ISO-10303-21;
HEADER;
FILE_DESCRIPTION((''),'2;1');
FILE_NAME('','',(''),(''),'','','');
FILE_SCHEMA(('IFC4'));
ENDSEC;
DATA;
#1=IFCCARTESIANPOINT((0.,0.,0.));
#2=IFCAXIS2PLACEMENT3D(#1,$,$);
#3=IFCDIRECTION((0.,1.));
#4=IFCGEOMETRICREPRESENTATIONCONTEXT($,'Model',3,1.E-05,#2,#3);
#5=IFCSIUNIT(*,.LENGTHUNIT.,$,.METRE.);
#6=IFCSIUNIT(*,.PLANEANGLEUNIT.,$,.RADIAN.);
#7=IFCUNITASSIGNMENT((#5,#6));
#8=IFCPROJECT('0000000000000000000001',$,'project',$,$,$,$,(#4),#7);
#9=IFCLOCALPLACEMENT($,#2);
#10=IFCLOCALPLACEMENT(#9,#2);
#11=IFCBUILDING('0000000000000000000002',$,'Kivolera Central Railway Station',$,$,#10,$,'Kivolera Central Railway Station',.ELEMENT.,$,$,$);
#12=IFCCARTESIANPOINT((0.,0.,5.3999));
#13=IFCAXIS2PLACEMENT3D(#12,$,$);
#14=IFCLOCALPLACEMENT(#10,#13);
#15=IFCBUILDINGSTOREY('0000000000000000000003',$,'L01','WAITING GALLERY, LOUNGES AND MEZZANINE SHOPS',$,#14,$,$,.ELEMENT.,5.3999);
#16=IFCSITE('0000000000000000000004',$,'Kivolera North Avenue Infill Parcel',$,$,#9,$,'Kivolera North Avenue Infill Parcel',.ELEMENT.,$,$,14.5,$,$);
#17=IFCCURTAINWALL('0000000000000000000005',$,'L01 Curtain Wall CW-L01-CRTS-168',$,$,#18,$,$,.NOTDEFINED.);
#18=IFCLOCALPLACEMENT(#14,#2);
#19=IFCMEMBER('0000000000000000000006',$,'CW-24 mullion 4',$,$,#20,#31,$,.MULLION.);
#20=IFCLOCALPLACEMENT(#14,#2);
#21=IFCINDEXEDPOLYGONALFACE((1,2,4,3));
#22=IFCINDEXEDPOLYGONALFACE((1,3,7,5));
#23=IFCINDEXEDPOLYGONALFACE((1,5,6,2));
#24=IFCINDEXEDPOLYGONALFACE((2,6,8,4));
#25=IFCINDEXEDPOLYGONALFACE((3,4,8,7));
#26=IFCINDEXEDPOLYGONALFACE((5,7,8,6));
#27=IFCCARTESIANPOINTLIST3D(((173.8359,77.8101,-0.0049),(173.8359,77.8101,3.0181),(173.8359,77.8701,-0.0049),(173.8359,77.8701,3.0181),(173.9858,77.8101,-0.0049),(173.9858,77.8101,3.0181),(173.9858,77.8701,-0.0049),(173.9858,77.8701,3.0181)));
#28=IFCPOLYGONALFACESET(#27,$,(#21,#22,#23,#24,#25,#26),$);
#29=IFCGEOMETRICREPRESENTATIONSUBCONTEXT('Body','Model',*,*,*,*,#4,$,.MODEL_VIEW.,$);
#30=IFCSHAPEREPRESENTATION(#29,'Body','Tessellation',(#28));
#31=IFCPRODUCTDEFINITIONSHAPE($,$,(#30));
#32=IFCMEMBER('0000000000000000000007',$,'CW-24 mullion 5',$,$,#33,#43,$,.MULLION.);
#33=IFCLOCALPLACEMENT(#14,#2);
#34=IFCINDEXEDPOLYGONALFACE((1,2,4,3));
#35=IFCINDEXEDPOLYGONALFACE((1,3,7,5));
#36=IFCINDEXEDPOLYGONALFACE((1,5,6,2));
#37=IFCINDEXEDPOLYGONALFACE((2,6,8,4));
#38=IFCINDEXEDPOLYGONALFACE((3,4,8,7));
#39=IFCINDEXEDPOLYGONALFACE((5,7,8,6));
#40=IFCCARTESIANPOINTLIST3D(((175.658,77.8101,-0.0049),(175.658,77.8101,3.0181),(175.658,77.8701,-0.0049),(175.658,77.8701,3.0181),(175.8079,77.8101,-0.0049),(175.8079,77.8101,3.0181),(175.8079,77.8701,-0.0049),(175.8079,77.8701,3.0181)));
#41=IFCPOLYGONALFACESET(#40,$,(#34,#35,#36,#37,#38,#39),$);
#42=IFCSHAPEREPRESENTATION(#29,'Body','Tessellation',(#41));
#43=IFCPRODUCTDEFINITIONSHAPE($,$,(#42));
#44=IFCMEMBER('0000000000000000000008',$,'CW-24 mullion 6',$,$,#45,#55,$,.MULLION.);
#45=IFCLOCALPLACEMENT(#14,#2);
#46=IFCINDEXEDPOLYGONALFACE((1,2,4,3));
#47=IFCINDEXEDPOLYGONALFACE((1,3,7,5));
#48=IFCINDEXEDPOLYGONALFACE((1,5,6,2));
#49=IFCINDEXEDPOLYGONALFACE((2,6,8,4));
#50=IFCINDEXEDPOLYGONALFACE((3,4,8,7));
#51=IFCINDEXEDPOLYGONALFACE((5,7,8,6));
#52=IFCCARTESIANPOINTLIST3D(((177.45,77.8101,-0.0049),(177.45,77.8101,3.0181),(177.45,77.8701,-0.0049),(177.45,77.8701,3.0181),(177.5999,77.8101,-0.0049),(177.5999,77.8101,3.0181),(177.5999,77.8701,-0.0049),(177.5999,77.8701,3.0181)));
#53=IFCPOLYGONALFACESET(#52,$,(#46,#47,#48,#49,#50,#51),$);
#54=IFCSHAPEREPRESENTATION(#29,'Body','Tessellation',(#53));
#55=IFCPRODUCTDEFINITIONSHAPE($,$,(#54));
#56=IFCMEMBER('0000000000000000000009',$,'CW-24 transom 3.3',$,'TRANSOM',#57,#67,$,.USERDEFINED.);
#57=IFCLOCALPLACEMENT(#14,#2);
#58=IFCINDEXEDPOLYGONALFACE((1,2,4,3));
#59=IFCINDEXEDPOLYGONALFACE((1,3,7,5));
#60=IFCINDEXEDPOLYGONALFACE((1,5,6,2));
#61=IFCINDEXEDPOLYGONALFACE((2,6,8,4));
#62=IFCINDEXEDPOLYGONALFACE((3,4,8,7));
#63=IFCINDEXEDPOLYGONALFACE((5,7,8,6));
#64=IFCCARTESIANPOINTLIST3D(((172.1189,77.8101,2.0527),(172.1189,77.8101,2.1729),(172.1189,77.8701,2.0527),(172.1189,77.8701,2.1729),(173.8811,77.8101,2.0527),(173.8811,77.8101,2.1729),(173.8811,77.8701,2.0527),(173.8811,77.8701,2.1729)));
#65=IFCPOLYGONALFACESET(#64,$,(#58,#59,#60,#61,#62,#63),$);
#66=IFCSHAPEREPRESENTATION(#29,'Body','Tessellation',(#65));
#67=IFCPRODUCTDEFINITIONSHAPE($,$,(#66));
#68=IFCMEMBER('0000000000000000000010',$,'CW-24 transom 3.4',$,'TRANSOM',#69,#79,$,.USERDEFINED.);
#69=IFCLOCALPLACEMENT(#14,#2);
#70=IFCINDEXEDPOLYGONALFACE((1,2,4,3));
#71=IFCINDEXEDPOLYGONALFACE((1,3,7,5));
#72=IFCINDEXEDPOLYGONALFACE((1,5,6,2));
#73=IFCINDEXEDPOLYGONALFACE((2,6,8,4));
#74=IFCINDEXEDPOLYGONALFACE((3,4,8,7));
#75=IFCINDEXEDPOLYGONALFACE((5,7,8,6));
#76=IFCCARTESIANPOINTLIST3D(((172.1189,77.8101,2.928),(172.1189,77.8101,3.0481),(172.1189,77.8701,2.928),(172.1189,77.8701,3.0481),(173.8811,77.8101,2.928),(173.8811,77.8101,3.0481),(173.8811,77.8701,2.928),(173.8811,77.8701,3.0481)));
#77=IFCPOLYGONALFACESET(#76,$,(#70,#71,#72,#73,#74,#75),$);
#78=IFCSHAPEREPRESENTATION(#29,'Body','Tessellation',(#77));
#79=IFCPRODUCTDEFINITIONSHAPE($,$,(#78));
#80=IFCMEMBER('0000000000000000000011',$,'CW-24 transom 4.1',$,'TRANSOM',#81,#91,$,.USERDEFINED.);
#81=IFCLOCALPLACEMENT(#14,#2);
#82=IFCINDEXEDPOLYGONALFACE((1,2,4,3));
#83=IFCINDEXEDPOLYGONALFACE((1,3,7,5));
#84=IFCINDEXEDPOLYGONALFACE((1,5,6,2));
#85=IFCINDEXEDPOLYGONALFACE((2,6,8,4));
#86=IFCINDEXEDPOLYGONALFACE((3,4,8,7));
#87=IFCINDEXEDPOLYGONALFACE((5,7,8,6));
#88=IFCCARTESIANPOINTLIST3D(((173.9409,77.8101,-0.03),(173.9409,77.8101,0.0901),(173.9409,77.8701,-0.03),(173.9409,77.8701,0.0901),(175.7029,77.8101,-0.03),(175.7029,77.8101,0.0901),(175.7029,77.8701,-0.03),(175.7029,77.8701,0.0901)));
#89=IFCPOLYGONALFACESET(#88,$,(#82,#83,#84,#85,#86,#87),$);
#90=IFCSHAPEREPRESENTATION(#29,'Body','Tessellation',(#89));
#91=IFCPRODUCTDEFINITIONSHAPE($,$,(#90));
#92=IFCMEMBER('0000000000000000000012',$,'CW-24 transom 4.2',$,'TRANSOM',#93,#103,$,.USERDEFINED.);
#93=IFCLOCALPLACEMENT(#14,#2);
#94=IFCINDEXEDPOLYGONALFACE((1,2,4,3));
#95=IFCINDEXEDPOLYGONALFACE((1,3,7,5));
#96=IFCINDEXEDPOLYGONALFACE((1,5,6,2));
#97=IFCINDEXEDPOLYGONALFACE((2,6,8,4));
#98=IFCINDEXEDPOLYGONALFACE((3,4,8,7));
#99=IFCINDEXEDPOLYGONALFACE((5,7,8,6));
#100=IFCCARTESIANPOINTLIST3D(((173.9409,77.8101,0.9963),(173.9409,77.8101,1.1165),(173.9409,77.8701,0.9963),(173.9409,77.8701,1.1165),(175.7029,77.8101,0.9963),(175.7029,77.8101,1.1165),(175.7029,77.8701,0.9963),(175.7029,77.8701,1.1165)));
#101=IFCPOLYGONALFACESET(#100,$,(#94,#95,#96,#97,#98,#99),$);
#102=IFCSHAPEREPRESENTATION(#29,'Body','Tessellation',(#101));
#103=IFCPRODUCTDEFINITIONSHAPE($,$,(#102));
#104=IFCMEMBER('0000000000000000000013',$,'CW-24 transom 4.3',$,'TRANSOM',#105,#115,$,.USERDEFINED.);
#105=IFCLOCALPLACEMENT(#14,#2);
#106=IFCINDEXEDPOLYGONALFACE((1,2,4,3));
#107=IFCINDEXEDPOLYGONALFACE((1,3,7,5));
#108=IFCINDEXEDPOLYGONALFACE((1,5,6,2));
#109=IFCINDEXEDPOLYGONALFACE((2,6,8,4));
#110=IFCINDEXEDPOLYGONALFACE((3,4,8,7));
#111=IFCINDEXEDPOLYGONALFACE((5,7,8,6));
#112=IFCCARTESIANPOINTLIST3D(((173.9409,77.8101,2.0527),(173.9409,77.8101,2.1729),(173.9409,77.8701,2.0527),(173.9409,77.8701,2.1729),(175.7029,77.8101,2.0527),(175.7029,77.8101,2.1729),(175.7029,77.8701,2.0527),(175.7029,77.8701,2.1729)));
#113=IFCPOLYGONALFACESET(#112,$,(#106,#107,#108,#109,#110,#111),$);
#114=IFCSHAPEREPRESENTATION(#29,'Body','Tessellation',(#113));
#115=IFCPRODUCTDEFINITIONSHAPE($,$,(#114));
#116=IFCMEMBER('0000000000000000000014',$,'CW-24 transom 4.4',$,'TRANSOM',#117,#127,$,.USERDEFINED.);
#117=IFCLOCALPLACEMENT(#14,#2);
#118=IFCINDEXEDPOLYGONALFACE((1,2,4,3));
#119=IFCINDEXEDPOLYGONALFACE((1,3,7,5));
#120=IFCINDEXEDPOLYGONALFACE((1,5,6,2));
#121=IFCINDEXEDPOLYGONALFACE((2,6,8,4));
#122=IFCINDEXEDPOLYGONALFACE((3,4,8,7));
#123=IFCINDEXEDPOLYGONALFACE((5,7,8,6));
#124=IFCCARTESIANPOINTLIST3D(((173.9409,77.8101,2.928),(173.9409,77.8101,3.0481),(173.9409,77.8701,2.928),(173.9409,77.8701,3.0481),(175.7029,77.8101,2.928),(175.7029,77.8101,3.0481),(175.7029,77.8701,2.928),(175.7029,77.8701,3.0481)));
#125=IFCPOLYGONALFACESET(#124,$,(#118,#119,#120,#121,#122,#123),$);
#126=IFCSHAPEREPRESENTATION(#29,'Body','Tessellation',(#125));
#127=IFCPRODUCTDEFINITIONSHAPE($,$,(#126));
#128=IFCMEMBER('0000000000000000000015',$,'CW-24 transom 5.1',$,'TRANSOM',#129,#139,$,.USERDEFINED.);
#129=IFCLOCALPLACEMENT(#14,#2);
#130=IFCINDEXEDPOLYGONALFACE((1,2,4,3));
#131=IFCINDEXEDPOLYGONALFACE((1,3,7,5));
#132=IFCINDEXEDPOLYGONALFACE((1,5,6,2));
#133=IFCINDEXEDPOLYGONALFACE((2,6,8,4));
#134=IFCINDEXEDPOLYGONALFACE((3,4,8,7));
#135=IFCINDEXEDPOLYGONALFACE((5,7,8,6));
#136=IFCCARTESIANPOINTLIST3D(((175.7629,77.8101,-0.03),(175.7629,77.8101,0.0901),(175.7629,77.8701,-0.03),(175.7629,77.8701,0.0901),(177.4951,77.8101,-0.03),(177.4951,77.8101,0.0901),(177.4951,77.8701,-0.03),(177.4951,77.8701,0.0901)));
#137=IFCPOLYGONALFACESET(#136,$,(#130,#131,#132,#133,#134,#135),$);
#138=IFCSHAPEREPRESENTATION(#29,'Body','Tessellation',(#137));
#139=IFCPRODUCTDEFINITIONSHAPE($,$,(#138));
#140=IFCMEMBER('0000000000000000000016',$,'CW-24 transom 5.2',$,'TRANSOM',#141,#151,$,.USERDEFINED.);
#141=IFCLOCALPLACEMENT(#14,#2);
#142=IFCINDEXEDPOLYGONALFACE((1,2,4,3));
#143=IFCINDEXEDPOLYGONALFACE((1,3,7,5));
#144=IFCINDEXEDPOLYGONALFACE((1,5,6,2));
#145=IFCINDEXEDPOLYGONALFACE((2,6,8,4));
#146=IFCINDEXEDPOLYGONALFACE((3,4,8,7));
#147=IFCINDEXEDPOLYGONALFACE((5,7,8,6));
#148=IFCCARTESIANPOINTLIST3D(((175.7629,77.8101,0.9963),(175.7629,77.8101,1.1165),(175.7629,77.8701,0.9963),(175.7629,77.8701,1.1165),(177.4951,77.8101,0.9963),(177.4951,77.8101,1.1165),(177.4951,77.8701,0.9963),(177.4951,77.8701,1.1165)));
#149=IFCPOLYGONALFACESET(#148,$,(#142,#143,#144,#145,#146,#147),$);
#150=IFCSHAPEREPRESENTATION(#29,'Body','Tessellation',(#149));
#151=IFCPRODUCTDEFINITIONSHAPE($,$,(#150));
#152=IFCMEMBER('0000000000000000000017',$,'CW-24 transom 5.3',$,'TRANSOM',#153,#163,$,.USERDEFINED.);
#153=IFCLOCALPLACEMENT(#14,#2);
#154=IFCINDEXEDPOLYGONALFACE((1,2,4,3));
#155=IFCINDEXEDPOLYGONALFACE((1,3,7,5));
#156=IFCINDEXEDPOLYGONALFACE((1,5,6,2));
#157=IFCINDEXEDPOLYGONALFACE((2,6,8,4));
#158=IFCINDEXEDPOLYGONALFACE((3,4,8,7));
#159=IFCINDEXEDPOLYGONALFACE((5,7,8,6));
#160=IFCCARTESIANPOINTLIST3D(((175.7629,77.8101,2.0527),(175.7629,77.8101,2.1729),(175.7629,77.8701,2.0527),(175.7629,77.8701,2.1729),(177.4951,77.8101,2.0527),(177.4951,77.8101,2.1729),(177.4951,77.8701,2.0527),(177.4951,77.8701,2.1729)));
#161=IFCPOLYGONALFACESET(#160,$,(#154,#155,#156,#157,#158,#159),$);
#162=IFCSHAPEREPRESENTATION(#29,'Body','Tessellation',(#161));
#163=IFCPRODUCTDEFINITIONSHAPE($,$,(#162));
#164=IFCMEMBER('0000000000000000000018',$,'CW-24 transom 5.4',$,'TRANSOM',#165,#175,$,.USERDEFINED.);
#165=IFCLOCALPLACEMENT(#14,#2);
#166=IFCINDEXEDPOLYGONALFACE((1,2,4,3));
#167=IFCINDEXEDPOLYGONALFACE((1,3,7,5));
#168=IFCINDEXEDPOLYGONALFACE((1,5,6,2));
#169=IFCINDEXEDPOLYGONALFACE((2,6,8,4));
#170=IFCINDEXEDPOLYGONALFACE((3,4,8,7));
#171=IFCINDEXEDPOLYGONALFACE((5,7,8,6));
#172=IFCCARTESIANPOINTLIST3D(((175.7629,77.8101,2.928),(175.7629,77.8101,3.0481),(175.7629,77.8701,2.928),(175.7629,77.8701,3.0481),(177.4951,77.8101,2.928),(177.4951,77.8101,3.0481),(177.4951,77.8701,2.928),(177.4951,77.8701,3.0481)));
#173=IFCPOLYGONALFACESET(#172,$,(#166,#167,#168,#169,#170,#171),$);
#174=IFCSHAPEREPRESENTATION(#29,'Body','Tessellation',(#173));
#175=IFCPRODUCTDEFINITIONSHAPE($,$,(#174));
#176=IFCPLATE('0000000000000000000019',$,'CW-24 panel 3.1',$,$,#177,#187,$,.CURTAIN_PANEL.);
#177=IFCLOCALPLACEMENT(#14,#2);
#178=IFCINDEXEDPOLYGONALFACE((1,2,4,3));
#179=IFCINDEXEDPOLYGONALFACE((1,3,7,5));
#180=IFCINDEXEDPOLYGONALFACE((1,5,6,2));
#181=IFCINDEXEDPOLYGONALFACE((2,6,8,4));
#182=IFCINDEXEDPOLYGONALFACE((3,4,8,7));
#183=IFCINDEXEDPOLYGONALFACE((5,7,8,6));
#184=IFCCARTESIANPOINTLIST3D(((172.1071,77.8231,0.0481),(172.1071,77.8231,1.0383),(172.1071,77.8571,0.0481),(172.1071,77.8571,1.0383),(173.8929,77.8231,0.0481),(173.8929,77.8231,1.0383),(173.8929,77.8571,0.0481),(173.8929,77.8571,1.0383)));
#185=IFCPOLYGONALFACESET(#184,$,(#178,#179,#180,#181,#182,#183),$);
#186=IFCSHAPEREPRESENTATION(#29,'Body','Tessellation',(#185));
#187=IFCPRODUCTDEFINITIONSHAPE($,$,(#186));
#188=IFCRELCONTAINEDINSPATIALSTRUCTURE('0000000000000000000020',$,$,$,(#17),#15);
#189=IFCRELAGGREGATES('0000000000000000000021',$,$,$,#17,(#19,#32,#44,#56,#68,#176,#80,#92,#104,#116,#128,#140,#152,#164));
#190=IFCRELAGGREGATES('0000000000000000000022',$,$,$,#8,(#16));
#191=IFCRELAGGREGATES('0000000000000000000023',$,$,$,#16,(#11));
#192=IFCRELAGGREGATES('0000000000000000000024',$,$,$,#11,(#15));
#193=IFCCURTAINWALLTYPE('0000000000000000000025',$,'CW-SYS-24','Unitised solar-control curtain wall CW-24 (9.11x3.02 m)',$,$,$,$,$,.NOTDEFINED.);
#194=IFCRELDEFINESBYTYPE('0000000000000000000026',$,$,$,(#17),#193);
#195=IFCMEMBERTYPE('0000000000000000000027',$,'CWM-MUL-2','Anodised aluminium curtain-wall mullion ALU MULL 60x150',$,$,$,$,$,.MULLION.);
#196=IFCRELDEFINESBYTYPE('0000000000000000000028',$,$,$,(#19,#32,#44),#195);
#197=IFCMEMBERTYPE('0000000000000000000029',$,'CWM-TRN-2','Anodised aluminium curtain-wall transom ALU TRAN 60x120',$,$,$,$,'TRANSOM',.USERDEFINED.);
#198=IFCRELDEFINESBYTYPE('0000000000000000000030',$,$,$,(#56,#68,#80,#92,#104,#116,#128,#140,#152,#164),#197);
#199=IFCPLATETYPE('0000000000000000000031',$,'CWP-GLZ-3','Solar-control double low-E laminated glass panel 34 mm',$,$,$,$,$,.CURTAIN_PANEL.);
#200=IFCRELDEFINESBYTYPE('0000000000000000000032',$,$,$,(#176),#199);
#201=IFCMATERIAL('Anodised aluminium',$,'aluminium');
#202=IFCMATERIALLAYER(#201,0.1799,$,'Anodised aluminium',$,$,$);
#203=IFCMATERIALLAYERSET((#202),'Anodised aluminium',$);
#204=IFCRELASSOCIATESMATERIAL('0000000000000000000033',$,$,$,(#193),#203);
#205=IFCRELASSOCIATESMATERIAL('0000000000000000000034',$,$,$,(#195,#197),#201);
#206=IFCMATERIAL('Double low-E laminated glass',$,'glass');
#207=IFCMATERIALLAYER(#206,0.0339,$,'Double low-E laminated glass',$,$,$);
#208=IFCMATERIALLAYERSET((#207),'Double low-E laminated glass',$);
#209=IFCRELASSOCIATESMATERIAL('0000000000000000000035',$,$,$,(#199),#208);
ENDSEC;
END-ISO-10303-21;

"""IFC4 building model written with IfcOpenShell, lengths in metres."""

from ifc_helpers import new_model, si_unit, direction, frame, origin, origin_2d, place, context, subcontext, project, spatial, rectangle, extrude, material, layer, layer_set, material_profile, profile_set, type_object, element, aggregate, save


model = new_model("IFC4")

# Units and contexts
model_context = context("Model", 3, precision=1e-05, world=origin(), true_north=direction((0.0, 1.0)))
body_context = subcontext(model_context, "Body", "Model", "MODEL_VIEW")
ifc_project = project(units=[si_unit("LENGTHUNIT", "METRE"), si_unit("PLANEANGLEUNIT", "RADIAN")], contexts=[model_context])

# Site, building, storey
site_placement = place(None, origin())
site = spatial("IfcSite", under=ifc_project, at=site_placement, Name="Kivolera North Avenue Infill Parcel", LongName="Kivolera North Avenue Infill Parcel", CompositionType="ELEMENT", RefElevation=14.5)
building_placement = place(site_placement, origin())
building = spatial("IfcBuilding", under=site, at=building_placement, Name="Kivolera Central Railway Station", LongName="Kivolera Central Railway Station", CompositionType="ELEMENT")
storey_placement = place(building_placement, frame((0.0, 0.0, 5.3999)))
storey = spatial("IfcBuildingStorey", under=building, at=storey_placement, Name="L01", Description="WAITING GALLERY, LOUNGES AND MEZZANINE SHOPS", CompositionType="ELEMENT", Elevation=5.3999)

# Curtain wall, members, plate
ifc_material_1 = material(Name="Anodised aluminium", Category="aluminium")
ifc_layer_1 = layer(ifc_material_1, 0.1799, Name="Anodised aluminium")
ifc_layer_set_1 = layer_set([ifc_layer_1], Name="Anodised aluminium")
curtain_wall_type = type_object("IfcCurtainWallType", Name="CW-SYS-24", Description="Unitised solar-control curtain wall CW-24 (9.11x3.02 m)", PredefinedType="NOTDEFINED", material=ifc_layer_set_1)
curtain_wall_placement = place(storey_placement, origin())
curtain_wall = element("IfcCurtainWall", 1, at=curtain_wall_placement, inside=storey, type_object=curtain_wall_type, Name="L01 Curtain Wall CW-L01-CRTS-168", PredefinedType="NOTDEFINED")
ifc_material_profile_1 = material_profile(ifc_material_1, rectangle(XDim=0.0601, YDim=0.1499, at=origin_2d()), Name="ALU MULL 60x150")
ifc_profile_set_1 = profile_set([ifc_material_profile_1], Name="Anodised aluminium")
member_type_1 = type_object("IfcMemberType", Name="CWM-MUL-2", Description="Anodised aluminium curtain-wall mullion ALU MULL 60x150", PredefinedType="MULLION", material=ifc_profile_set_1)
member_1_placement = place(storey_placement, frame((173.9109, 77.8401, -0.0049), z_axis=(0.0, 0.0, 1.0), x_axis=(0.0, 1.0, 0.0)))
member_1 = element("IfcMember", 2, at=member_1_placement, type_object=member_type_1, Name="CW-24 mullion 4", PredefinedType="MULLION", context=body_context, shape_type="SweptSolid", body=[
    extrude(rectangle(XDim=0.0601, YDim=0.1499, at=origin_2d()), origin(), (0.0, 0.0, 1.0), 3.0229),
])
member_2_placement = place(storey_placement, frame((175.7329, 77.8401, -0.0049), z_axis=(0.0, 0.0, 1.0), x_axis=(0.0, 1.0, 0.0)))
member_2 = element("IfcMember", 3, at=member_2_placement, type_object=member_type_1, Name="CW-24 mullion 5", PredefinedType="MULLION", context=body_context, shape_type="SweptSolid", body=[
    extrude(rectangle(XDim=0.0601, YDim=0.1499, at=origin_2d()), origin(), (0.0, 0.0, 1.0), 3.0229),
])
member_3_placement = place(storey_placement, frame((177.5249, 77.8401, -0.0049), z_axis=(0.0, 0.0, 1.0), x_axis=(0.0, 1.0, 0.0)))
member_3 = element("IfcMember", 4, at=member_3_placement, type_object=member_type_1, Name="CW-24 mullion 6", PredefinedType="MULLION", context=body_context, shape_type="SweptSolid", body=[
    extrude(rectangle(XDim=0.0601, YDim=0.1499, at=origin_2d()), origin(), (0.0, 0.0, 1.0), 3.0229),
])
ifc_material_profile_2 = material_profile(ifc_material_1, rectangle(XDim=0.0601, YDim=0.1201, at=origin_2d()), Name="ALU TRAN 60x120")
ifc_profile_set_2 = profile_set([ifc_material_profile_2], Name="Anodised aluminium")
member_type_2 = type_object("IfcMemberType", Name="CWM-TRN-2", Description="Anodised aluminium curtain-wall transom ALU TRAN 60x120", ElementType="TRANSOM", PredefinedType="USERDEFINED", material=ifc_profile_set_2)
member_4_placement = place(storey_placement, frame((172.1189, 77.8401, 2.1128), z_axis=(1.0, 0.0, 0.0), x_axis=(0.0, 1.0, 0.0)))
member_4 = element("IfcMember", 5, at=member_4_placement, type_object=member_type_2, Name="CW-24 transom 3.3", ObjectType="TRANSOM", PredefinedType="USERDEFINED", context=body_context, shape_type="SweptSolid", body=[
    extrude(rectangle(XDim=0.0601, YDim=0.1201, at=origin_2d()), origin(), (0.0, 0.0, 1.0), 1.7622),
])
member_5_placement = place(storey_placement, frame((172.1189, 77.8401, 2.988), z_axis=(1.0, 0.0, 0.0), x_axis=(0.0, 1.0, 0.0)))
member_5 = element("IfcMember", 6, at=member_5_placement, type_object=member_type_2, Name="CW-24 transom 3.4", ObjectType="TRANSOM", PredefinedType="USERDEFINED", context=body_context, shape_type="SweptSolid", body=[
    extrude(rectangle(XDim=0.0601, YDim=0.1201, at=origin_2d()), origin(), (0.0, 0.0, 1.0), 1.7622),
])
member_6_placement = place(storey_placement, frame((173.9409, 77.8401, 0.03), z_axis=(1.0, 0.0, 0.0), x_axis=(0.0, 1.0, 0.0)))
member_6 = element("IfcMember", 7, at=member_6_placement, type_object=member_type_2, Name="CW-24 transom 4.1", ObjectType="TRANSOM", PredefinedType="USERDEFINED", context=body_context, shape_type="SweptSolid", body=[
    extrude(rectangle(XDim=0.0601, YDim=0.1201, at=origin_2d()), origin(), (0.0, 0.0, 1.0), 1.762),
])
member_7_placement = place(storey_placement, frame((173.9409, 77.8401, 1.0564), z_axis=(1.0, 0.0, 0.0), x_axis=(0.0, 1.0, 0.0)))
member_7 = element("IfcMember", 8, at=member_7_placement, type_object=member_type_2, Name="CW-24 transom 4.2", ObjectType="TRANSOM", PredefinedType="USERDEFINED", context=body_context, shape_type="SweptSolid", body=[
    extrude(rectangle(XDim=0.0601, YDim=0.1201, at=origin_2d()), origin(), (0.0, 0.0, 1.0), 1.762),
])
member_8_placement = place(storey_placement, frame((173.9409, 77.8401, 2.1128), z_axis=(1.0, 0.0, 0.0), x_axis=(0.0, 1.0, 0.0)))
member_8 = element("IfcMember", 9, at=member_8_placement, type_object=member_type_2, Name="CW-24 transom 4.3", ObjectType="TRANSOM", PredefinedType="USERDEFINED", context=body_context, shape_type="SweptSolid", body=[
    extrude(rectangle(XDim=0.0601, YDim=0.1201, at=origin_2d()), origin(), (0.0, 0.0, 1.0), 1.762),
])
member_9_placement = place(storey_placement, frame((173.9409, 77.8401, 2.988), z_axis=(1.0, 0.0, 0.0), x_axis=(0.0, 1.0, 0.0)))
member_9 = element("IfcMember", 10, at=member_9_placement, type_object=member_type_2, Name="CW-24 transom 4.4", ObjectType="TRANSOM", PredefinedType="USERDEFINED", context=body_context, shape_type="SweptSolid", body=[
    extrude(rectangle(XDim=0.0601, YDim=0.1201, at=origin_2d()), origin(), (0.0, 0.0, 1.0), 1.762),
])
member_10_placement = place(storey_placement, frame((175.7629, 77.8401, 0.03), z_axis=(1.0, 0.0, 0.0), x_axis=(0.0, 1.0, 0.0)))
member_10 = element("IfcMember", 11, at=member_10_placement, type_object=member_type_2, Name="CW-24 transom 5.1", ObjectType="TRANSOM", PredefinedType="USERDEFINED", context=body_context, shape_type="SweptSolid", body=[
    extrude(rectangle(XDim=0.0601, YDim=0.1201, at=origin_2d()), origin(), (0.0, 0.0, 1.0), 1.7322),
])
member_11_placement = place(storey_placement, frame((175.7629, 77.8401, 1.0564), z_axis=(1.0, 0.0, 0.0), x_axis=(0.0, 1.0, 0.0)))
member_11 = element("IfcMember", 12, at=member_11_placement, type_object=member_type_2, Name="CW-24 transom 5.2", ObjectType="TRANSOM", PredefinedType="USERDEFINED", context=body_context, shape_type="SweptSolid", body=[
    extrude(rectangle(XDim=0.0601, YDim=0.1201, at=origin_2d()), origin(), (0.0, 0.0, 1.0), 1.7322),
])
member_12_placement = place(storey_placement, frame((175.7629, 77.8401, 2.1128), z_axis=(1.0, 0.0, 0.0), x_axis=(0.0, 1.0, 0.0)))
member_12 = element("IfcMember", 13, at=member_12_placement, type_object=member_type_2, Name="CW-24 transom 5.3", ObjectType="TRANSOM", PredefinedType="USERDEFINED", context=body_context, shape_type="SweptSolid", body=[
    extrude(rectangle(XDim=0.0601, YDim=0.1201, at=origin_2d()), origin(), (0.0, 0.0, 1.0), 1.7322),
])
member_13_placement = place(storey_placement, frame((175.7629, 77.8401, 2.988), z_axis=(1.0, 0.0, 0.0), x_axis=(0.0, 1.0, 0.0)))
member_13 = element("IfcMember", 14, at=member_13_placement, type_object=member_type_2, Name="CW-24 transom 5.4", ObjectType="TRANSOM", PredefinedType="USERDEFINED", context=body_context, shape_type="SweptSolid", body=[
    extrude(rectangle(XDim=0.0601, YDim=0.1201, at=origin_2d()), origin(), (0.0, 0.0, 1.0), 1.7322),
])
ifc_material_2 = material(Name="Double low-E laminated glass", Category="glass")
ifc_layer_2 = layer(ifc_material_2, 0.0339, Name="Double low-E laminated glass")
ifc_layer_set_2 = layer_set([ifc_layer_2], Name="Double low-E laminated glass")
plate_type = type_object("IfcPlateType", Name="CWP-GLZ-3", Description="Solar-control double low-E laminated glass panel 34 mm", PredefinedType="CURTAIN_PANEL", material=ifc_layer_set_2)
plate_1_placement = place(storey_placement, frame((173.0, 77.8401, 0.0481), z_axis=(0.0, 0.0, 1.0), x_axis=(1.0, 0.0, 0.0)))
plate_1 = element("IfcPlate", 15, at=plate_1_placement, type_object=plate_type, Name="CW-24 panel 3.1", PredefinedType="CURTAIN_PANEL", context=body_context, shape_type="SweptSolid", body=[
    extrude(rectangle(XDim=1.7859, YDim=0.0339, at=origin_2d()), origin(), (0.0, 0.0, 1.0), 0.9902),
])
aggregate(curtain_wall, [member_1, member_2, member_3, member_4, member_5, plate_1, member_6, member_7, member_8, member_9, member_10, member_11, member_12, member_13])

save(model, "model.ifc")
